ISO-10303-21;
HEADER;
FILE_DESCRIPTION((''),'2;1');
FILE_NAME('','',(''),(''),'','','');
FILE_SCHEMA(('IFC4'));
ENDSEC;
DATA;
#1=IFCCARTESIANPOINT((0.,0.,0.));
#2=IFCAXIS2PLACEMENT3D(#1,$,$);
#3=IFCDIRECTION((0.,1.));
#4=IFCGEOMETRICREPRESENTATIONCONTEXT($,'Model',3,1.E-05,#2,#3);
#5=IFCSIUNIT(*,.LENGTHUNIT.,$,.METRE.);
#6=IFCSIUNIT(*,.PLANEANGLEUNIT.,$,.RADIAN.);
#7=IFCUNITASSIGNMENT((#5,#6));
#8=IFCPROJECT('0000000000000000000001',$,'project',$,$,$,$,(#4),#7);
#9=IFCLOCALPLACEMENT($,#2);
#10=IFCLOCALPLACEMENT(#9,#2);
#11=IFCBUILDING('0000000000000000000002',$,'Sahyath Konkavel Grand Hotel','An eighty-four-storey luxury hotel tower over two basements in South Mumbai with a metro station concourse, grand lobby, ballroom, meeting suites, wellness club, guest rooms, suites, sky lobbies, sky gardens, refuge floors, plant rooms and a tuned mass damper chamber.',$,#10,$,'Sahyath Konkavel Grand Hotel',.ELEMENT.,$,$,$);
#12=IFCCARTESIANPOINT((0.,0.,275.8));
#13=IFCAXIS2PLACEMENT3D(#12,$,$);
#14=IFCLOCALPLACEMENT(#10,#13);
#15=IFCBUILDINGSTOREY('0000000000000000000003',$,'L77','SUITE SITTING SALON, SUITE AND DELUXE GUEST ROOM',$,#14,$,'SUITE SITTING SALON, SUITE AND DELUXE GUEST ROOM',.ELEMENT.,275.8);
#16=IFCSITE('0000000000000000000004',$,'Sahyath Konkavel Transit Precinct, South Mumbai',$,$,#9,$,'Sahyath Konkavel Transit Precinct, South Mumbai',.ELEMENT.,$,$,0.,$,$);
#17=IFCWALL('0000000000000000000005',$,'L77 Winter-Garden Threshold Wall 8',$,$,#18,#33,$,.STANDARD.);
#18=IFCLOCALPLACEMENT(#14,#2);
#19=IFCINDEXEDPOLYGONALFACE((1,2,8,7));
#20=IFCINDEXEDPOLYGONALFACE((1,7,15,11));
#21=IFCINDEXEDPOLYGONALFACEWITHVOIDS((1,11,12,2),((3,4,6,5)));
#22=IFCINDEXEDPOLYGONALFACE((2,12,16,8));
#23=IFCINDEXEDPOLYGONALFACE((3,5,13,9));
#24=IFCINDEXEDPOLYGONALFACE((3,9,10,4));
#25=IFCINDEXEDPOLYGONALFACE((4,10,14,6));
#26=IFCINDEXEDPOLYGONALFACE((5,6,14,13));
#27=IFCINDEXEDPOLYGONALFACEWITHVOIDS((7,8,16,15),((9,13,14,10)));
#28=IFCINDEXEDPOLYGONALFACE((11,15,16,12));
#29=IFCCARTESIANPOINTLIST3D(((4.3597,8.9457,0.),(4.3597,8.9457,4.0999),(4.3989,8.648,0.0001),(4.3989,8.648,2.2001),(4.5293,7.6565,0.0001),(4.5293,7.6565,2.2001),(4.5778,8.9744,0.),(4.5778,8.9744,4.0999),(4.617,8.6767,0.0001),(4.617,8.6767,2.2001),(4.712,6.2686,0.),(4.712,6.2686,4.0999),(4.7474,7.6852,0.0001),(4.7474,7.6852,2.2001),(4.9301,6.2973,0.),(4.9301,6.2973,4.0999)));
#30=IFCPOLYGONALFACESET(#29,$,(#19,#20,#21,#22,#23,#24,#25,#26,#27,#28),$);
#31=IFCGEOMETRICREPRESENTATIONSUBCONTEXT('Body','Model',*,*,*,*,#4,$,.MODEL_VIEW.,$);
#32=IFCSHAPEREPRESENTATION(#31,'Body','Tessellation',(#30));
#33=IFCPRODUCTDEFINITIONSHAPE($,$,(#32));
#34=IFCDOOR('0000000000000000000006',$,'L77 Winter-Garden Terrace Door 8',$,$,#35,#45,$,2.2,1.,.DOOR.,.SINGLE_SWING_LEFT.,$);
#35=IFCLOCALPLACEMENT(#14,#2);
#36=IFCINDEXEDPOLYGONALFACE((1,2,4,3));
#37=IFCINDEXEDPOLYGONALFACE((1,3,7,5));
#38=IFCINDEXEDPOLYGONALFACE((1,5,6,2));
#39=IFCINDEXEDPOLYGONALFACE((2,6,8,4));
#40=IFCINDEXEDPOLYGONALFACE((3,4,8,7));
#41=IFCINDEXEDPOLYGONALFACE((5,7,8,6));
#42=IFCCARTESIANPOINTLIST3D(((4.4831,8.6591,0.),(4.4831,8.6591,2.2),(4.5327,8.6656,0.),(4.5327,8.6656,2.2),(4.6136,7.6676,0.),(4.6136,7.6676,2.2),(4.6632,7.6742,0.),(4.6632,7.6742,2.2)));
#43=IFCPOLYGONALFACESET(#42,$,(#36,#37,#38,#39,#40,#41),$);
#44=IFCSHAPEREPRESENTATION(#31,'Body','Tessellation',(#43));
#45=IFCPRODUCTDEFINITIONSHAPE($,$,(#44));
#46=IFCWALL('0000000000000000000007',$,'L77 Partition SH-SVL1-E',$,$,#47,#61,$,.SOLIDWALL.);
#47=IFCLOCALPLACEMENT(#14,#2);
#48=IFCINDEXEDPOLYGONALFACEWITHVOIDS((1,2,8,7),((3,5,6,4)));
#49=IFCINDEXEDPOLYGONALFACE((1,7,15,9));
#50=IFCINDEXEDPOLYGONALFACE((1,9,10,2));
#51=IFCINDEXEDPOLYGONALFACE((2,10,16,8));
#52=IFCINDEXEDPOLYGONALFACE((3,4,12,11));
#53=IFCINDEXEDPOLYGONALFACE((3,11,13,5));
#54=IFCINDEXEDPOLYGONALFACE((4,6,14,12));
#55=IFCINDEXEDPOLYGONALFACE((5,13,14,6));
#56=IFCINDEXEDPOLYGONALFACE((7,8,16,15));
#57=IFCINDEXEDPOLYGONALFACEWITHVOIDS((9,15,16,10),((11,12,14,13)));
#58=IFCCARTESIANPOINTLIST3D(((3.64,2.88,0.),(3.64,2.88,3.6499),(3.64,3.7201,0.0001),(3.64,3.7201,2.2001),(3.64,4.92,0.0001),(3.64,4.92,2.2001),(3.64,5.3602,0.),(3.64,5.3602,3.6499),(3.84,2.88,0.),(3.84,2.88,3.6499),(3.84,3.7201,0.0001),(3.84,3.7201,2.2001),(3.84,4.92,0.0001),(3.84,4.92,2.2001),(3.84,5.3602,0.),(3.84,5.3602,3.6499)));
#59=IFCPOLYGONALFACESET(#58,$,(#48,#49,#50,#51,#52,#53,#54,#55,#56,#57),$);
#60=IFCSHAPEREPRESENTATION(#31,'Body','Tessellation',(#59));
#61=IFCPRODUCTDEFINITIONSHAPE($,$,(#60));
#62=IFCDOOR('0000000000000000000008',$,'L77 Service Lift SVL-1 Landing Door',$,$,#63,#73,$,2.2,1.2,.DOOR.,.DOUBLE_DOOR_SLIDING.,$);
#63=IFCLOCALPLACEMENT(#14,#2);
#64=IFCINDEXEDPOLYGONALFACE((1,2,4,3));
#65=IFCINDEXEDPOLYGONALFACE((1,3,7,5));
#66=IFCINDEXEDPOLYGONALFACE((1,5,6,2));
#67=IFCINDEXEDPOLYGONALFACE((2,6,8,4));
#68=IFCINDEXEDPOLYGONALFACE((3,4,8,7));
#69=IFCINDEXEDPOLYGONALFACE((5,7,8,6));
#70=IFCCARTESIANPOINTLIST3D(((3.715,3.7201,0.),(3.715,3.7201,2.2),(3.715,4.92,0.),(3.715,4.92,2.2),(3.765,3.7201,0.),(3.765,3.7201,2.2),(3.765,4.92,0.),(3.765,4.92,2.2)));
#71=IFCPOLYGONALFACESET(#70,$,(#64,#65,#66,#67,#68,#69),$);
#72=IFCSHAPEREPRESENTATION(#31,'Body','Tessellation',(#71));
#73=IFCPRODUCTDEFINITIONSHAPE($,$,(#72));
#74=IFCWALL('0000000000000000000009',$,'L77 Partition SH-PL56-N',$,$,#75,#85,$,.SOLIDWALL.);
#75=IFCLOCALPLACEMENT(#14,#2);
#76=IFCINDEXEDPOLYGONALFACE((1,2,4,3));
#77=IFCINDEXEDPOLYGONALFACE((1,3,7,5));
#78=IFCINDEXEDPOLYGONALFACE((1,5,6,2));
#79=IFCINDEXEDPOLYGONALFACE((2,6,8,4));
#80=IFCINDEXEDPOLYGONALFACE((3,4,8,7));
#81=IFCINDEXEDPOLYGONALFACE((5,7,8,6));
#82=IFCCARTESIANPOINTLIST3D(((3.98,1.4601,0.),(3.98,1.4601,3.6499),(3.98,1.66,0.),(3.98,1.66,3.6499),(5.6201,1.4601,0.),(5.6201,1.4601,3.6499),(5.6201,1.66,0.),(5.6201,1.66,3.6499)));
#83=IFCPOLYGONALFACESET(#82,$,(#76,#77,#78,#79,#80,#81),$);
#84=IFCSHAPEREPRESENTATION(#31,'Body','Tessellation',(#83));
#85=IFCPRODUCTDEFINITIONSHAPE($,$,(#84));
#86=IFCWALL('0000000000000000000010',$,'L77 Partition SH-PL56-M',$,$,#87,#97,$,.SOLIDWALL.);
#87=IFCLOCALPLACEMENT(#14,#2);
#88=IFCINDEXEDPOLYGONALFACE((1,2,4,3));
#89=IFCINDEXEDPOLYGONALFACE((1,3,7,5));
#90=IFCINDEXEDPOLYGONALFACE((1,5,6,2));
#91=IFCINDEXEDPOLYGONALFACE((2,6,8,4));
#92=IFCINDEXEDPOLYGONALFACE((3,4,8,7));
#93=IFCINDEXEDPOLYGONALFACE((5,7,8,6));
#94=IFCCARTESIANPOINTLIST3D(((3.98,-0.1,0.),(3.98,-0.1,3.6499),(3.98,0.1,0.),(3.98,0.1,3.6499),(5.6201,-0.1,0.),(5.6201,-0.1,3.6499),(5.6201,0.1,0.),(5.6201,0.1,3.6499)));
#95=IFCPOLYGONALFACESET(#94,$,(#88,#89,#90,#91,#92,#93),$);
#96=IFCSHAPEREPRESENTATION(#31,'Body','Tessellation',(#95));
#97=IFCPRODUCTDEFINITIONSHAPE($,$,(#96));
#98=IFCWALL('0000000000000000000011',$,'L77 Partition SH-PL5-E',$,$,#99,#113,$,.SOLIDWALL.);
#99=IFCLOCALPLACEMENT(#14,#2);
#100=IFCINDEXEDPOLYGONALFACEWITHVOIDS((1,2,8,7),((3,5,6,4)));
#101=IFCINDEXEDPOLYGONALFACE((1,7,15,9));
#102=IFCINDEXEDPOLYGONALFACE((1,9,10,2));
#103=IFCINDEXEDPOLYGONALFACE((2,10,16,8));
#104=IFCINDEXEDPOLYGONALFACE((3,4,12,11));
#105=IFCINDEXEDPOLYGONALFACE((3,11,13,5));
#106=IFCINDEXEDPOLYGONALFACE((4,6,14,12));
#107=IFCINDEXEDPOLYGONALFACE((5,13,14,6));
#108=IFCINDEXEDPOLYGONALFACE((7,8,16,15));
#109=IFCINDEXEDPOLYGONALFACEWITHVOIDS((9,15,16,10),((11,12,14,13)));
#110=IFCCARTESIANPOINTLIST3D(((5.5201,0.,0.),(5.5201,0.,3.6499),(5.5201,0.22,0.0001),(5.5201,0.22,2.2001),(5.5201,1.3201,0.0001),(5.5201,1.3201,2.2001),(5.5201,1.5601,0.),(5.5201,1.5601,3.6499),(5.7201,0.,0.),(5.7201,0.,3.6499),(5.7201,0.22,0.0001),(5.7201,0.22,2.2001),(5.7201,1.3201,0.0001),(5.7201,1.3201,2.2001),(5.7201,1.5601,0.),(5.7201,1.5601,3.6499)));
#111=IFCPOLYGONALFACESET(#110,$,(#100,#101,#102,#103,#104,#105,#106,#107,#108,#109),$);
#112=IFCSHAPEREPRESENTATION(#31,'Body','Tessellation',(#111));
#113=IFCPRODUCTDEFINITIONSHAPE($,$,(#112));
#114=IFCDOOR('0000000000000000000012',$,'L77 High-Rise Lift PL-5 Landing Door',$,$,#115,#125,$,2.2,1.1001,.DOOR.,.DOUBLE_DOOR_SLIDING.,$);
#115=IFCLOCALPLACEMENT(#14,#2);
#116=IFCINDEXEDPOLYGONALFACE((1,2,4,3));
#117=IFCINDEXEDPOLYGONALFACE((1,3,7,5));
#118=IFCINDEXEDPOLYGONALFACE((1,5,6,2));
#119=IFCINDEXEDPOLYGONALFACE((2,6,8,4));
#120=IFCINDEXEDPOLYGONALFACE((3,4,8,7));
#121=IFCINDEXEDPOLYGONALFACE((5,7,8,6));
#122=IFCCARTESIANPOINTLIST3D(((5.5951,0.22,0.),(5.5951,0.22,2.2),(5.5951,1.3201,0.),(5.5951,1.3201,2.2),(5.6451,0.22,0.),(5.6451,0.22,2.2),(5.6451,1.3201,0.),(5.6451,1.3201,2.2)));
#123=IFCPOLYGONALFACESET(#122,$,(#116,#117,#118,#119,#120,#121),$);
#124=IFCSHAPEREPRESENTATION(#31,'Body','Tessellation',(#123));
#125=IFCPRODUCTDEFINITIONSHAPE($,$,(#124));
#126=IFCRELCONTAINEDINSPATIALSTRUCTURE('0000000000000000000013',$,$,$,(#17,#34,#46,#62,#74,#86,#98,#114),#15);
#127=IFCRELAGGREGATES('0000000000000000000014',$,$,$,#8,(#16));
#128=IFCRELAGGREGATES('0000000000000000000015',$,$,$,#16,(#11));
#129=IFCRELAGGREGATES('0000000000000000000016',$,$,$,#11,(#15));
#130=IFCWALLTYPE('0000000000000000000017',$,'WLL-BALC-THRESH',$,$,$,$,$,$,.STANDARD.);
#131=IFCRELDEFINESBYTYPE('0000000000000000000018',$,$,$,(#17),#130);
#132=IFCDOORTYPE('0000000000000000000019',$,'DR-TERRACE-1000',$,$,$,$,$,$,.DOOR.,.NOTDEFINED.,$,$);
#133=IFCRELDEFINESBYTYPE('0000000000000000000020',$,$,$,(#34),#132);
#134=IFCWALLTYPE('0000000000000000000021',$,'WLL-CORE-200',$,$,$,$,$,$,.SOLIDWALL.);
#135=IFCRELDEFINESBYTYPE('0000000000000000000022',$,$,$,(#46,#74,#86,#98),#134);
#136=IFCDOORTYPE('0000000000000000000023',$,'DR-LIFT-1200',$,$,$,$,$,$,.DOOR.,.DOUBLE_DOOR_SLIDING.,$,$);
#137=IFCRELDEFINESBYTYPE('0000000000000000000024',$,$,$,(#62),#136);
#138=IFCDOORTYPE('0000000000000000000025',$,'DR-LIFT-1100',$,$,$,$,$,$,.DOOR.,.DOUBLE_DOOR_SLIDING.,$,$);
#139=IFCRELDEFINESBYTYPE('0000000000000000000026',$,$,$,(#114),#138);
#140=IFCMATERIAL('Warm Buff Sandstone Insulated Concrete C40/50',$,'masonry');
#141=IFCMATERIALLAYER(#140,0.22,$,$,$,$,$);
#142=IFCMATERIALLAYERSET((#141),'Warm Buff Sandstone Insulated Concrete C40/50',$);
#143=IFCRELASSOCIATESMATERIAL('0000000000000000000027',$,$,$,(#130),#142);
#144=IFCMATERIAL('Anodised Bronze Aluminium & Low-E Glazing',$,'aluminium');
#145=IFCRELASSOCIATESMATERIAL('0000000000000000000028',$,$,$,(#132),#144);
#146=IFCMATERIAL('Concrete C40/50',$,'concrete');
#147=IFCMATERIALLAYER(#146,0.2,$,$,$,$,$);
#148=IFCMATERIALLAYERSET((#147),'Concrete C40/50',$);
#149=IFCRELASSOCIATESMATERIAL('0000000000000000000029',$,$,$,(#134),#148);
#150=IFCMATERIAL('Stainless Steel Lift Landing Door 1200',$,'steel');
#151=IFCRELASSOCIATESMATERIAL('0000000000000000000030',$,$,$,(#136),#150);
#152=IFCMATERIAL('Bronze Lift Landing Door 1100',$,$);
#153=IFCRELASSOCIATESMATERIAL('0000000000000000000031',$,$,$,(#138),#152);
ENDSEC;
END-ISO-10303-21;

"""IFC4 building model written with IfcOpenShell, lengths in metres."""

from ifc_helpers import new_model, si_unit, direction, frame, frame_2d, origin, origin_2d, place, context, subcontext, project, spatial, rectangle, extrude, source, transform, mapped, material, layer, layer_set, type_object, element, fill, save


model = new_model("IFC4")

# Units and contexts
model_context = context("Model", 3, precision=1e-05, world=origin(), true_north=direction((0.0, 1.0)))
body_context = subcontext(model_context, "Body", "Model", "MODEL_VIEW")
ifc_project = project(units=[si_unit("LENGTHUNIT", "METRE"), si_unit("PLANEANGLEUNIT", "RADIAN")], contexts=[model_context])

# Site, building, storey
site_placement = place(None, origin())
site = spatial("IfcSite", under=ifc_project, at=site_placement, Name="Sahyath Konkavel Transit Precinct, South Mumbai", LongName="Sahyath Konkavel Transit Precinct, South Mumbai", CompositionType="ELEMENT", RefElevation=0.0)
building_placement = place(site_placement, origin())
building = spatial("IfcBuilding", under=site, at=building_placement, Name="Sahyath Konkavel Grand Hotel", Description="An eighty-four-storey luxury hotel tower over two basements in South Mumbai with a metro station concourse, grand lobby, ballroom, meeting suites, wellness club, guest rooms, suites, sky lobbies, sky gardens, refuge floors, plant rooms and a tuned mass damper chamber.", LongName="Sahyath Konkavel Grand Hotel", CompositionType="ELEMENT")
storey_placement = place(building_placement, frame((0.0, 0.0, 275.8)))
storey = spatial("IfcBuildingStorey", under=building, at=storey_placement, Name="L77", Description="SUITE SITTING SALON, SUITE AND DELUXE GUEST ROOM", LongName="SUITE SITTING SALON, SUITE AND DELUXE GUEST ROOM", CompositionType="ELEMENT", Elevation=275.8)

# Shared definitions
ifc_material_1 = material(Name="Concrete C40/50", Category="concrete")

# Shared definitions
ifc_material_2 = material(Name="Anodised Bronze Aluminium & Low-E Glazing", Category="aluminium")

# Walls, openings, doors
ifc_material_3 = material(Name="Warm Buff Sandstone Insulated Concrete C40/50", Category="masonry")
ifc_layer_1 = layer(ifc_material_3, 0.22)
ifc_layer_set_1 = layer_set([ifc_layer_1], Name="Warm Buff Sandstone Insulated Concrete C40/50")
wall_type_1 = type_object("IfcWallType", Name="WLL-BALC-THRESH", PredefinedType="STANDARD", material=ifc_layer_set_1)
wall_1_placement = place(storey_placement, frame((4.821, 6.283, 0.0), z_axis=(0.0, 0.0, 1.0), x_axis=(-0.130476, 0.991452, 0.0)))
wall_1 = element("IfcWall", 1, at=wall_1_placement, inside=storey, type_object=wall_type_1, Name="L77 Winter-Garden Threshold Wall 8", PredefinedType="STANDARD", context=body_context, shape_type="SweptSolid", body=[
    extrude(rectangle(XDim=2.7002, YDim=0.22, at=frame_2d((1.3501, 0.0))), origin(), (0.0, 0.0, 1.0), 4.0999),
])
opening_1_placement = place(wall_1_placement, frame((1.3999, 0.0, 0.0)))
opening_1 = element("IfcOpeningElement", 2, at=opening_1_placement, cuts=wall_1, PredefinedType="OPENING", context=body_context, shape_type="SweptSolid", body=[
    extrude(rectangle(XDim=1.0, YDim=2.2, at=frame_2d((0.5, 1.1001))), frame((0.0, 0.1201, 0.0), z_axis=(0.0, -1.0, 0.0), x_axis=(1.0, 0.0, 0.0)), (0.0, 0.0, 1.0), 0.24),
])
door_type_1 = type_object("IfcDoorType", Name="DR-TERRACE-1000", OperationType="NOTDEFINED", PredefinedType="DOOR", material=ifc_material_2)
shared_shape_1 = source(origin(), body_context, "Body", "SweptSolid", [
    extrude(rectangle(XDim=1.0, YDim=0.05, at=origin_2d()), origin(), (0.0, 0.0, 1.0), 2.2),
])
door_1_placement = place(opening_1_placement, frame((0.5, 0.0, 0.0)))
door_1 = element("IfcDoor", 3, at=door_1_placement, inside=storey, type_object=door_type_1, Name="L77 Winter-Garden Terrace Door 8", OperationType="SINGLE_SWING_LEFT", OverallHeight=2.2, OverallWidth=1.0, PredefinedType="DOOR", context=body_context, shape_type="MappedRepresentation", body=[
    mapped(shared_shape_1, transform((0.0, 0.0, 0.0), scale=1.0)),
])
fill(opening_1, door_1)
ifc_layer_2 = layer(ifc_material_1, 0.2)
ifc_layer_set_2 = layer_set([ifc_layer_2], Name="Concrete C40/50")
wall_type_2 = type_object("IfcWallType", Name="WLL-CORE-200", PredefinedType="SOLIDWALL", material=ifc_layer_set_2)
wall_2_placement = place(storey_placement, frame((3.74, 2.8799, 0.0), z_axis=(0.0, 0.0, 1.0), x_axis=(0.0, 1.0, 0.0)))
wall_2 = element("IfcWall", 4, at=wall_2_placement, inside=storey, type_object=wall_type_2, Name="L77 Partition SH-SVL1-E", PredefinedType="SOLIDWALL", context=body_context, shape_type="SweptSolid", body=[
    extrude(rectangle(XDim=2.4802, YDim=0.2, at=frame_2d((1.2402, 0.0))), origin(), (0.0, 0.0, 1.0), 3.6499),
])
opening_2_placement = place(wall_2_placement, frame((0.8401, 0.0, 0.0)))
opening_2 = element("IfcOpeningElement", 5, at=opening_2_placement, cuts=wall_2, PredefinedType="OPENING", context=body_context, shape_type="SweptSolid", body=[
    extrude(rectangle(XDim=1.2, YDim=2.2, at=frame_2d((0.6001, 1.1001))), frame((0.0, 0.1099, 0.0), z_axis=(0.0, -1.0, 0.0), x_axis=(1.0, 0.0, 0.0)), (0.0, 0.0, 1.0), 0.22),
])
ifc_material_4 = material(Name="Stainless Steel Lift Landing Door 1200", Category="steel")
door_type_2 = type_object("IfcDoorType", Name="DR-LIFT-1200", OperationType="DOUBLE_DOOR_SLIDING", PredefinedType="DOOR", material=ifc_material_4)
shared_shape_2 = source(origin(), body_context, "Body", "SweptSolid", [
    extrude(rectangle(XDim=1.2, YDim=0.05, at=origin_2d()), origin(), (0.0, 0.0, 1.0), 2.2),
])
door_2_placement = place(opening_2_placement, frame((0.6001, 0.0, 0.0)))
door_2 = element("IfcDoor", 6, at=door_2_placement, inside=storey, type_object=door_type_2, Name="L77 Service Lift SVL-1 Landing Door", OperationType="DOUBLE_DOOR_SLIDING", OverallHeight=2.2, OverallWidth=1.2, PredefinedType="DOOR", context=body_context, shape_type="MappedRepresentation", body=[
    mapped(shared_shape_2, transform((0.0, 0.0, 0.0), scale=1.0)),
])
fill(opening_2, door_2)

# Walls
for number, where, z_axis, x_axis, name in (
    (7, (3.98, 1.5601, 0.0), (0.0, 0.0, 1.0), (1.0, 0.0, 0.0), "L77 Partition SH-PL56-N"),
    (8, (3.98, 0.0, 0.0), (0.0, 0.0, 1.0), (1.0, 0.0, 0.0), "L77 Partition SH-PL56-M"),
):
    element("IfcWall", number, at=place(storey_placement, frame(where, z_axis=z_axis, x_axis=x_axis)), inside=storey, type_object=wall_type_2, Name=name, PredefinedType="SOLIDWALL", context=body_context, shape_type="SweptSolid", body=[
        extrude(rectangle(XDim=1.6401, YDim=0.2, at=frame_2d((0.8201, 0.0))), origin(), (0.0, 0.0, 1.0), 3.6499),
    ])

# Wall, opening, door
wall_3_placement = place(storey_placement, frame((5.6201, 0.0, 0.0), z_axis=(0.0, 0.0, 1.0), x_axis=(0.0, 1.0, 0.0)))
wall_3 = element("IfcWall", 9, at=wall_3_placement, inside=storey, type_object=wall_type_2, Name="L77 Partition SH-PL5-E", PredefinedType="SOLIDWALL", context=body_context, shape_type="SweptSolid", body=[
    extrude(rectangle(XDim=1.5601, YDim=0.2, at=frame_2d((0.78, 0.0))), origin(), (0.0, 0.0, 1.0), 3.6499),
])
opening_3_placement = place(wall_3_placement, frame((0.22, 0.0, 0.0)))
opening_3 = element("IfcOpeningElement", 10, at=opening_3_placement, cuts=wall_3, PredefinedType="OPENING", context=body_context, shape_type="SweptSolid", body=[
    extrude(rectangle(XDim=1.1001, YDim=2.2, at=frame_2d((0.55, 1.1001))), frame((0.0, 0.1099, 0.0), z_axis=(0.0, -1.0, 0.0), x_axis=(1.0, 0.0, 0.0)), (0.0, 0.0, 1.0), 0.22),
])
ifc_material_5 = material(Name="Bronze Lift Landing Door 1100")
door_type_3 = type_object("IfcDoorType", Name="DR-LIFT-1100", OperationType="DOUBLE_DOOR_SLIDING", PredefinedType="DOOR", material=ifc_material_5)
shared_shape_3 = source(origin(), body_context, "Body", "SweptSolid", [
    extrude(rectangle(XDim=1.1001, YDim=0.05, at=origin_2d()), origin(), (0.0, 0.0, 1.0), 2.2),
])
door_3_placement = place(opening_3_placement, frame((0.55, 0.0, 0.0)))
door_3 = element("IfcDoor", 11, at=door_3_placement, inside=storey, type_object=door_type_3, Name="L77 High-Rise Lift PL-5 Landing Door", OperationType="DOUBLE_DOOR_SLIDING", OverallHeight=2.2, OverallWidth=1.1001, PredefinedType="DOOR", context=body_context, shape_type="MappedRepresentation", body=[
    mapped(shared_shape_3, transform((0.0, 0.0, 0.0), scale=1.0)),
])
fill(opening_3, door_3)

save(model, "model.ifc")
